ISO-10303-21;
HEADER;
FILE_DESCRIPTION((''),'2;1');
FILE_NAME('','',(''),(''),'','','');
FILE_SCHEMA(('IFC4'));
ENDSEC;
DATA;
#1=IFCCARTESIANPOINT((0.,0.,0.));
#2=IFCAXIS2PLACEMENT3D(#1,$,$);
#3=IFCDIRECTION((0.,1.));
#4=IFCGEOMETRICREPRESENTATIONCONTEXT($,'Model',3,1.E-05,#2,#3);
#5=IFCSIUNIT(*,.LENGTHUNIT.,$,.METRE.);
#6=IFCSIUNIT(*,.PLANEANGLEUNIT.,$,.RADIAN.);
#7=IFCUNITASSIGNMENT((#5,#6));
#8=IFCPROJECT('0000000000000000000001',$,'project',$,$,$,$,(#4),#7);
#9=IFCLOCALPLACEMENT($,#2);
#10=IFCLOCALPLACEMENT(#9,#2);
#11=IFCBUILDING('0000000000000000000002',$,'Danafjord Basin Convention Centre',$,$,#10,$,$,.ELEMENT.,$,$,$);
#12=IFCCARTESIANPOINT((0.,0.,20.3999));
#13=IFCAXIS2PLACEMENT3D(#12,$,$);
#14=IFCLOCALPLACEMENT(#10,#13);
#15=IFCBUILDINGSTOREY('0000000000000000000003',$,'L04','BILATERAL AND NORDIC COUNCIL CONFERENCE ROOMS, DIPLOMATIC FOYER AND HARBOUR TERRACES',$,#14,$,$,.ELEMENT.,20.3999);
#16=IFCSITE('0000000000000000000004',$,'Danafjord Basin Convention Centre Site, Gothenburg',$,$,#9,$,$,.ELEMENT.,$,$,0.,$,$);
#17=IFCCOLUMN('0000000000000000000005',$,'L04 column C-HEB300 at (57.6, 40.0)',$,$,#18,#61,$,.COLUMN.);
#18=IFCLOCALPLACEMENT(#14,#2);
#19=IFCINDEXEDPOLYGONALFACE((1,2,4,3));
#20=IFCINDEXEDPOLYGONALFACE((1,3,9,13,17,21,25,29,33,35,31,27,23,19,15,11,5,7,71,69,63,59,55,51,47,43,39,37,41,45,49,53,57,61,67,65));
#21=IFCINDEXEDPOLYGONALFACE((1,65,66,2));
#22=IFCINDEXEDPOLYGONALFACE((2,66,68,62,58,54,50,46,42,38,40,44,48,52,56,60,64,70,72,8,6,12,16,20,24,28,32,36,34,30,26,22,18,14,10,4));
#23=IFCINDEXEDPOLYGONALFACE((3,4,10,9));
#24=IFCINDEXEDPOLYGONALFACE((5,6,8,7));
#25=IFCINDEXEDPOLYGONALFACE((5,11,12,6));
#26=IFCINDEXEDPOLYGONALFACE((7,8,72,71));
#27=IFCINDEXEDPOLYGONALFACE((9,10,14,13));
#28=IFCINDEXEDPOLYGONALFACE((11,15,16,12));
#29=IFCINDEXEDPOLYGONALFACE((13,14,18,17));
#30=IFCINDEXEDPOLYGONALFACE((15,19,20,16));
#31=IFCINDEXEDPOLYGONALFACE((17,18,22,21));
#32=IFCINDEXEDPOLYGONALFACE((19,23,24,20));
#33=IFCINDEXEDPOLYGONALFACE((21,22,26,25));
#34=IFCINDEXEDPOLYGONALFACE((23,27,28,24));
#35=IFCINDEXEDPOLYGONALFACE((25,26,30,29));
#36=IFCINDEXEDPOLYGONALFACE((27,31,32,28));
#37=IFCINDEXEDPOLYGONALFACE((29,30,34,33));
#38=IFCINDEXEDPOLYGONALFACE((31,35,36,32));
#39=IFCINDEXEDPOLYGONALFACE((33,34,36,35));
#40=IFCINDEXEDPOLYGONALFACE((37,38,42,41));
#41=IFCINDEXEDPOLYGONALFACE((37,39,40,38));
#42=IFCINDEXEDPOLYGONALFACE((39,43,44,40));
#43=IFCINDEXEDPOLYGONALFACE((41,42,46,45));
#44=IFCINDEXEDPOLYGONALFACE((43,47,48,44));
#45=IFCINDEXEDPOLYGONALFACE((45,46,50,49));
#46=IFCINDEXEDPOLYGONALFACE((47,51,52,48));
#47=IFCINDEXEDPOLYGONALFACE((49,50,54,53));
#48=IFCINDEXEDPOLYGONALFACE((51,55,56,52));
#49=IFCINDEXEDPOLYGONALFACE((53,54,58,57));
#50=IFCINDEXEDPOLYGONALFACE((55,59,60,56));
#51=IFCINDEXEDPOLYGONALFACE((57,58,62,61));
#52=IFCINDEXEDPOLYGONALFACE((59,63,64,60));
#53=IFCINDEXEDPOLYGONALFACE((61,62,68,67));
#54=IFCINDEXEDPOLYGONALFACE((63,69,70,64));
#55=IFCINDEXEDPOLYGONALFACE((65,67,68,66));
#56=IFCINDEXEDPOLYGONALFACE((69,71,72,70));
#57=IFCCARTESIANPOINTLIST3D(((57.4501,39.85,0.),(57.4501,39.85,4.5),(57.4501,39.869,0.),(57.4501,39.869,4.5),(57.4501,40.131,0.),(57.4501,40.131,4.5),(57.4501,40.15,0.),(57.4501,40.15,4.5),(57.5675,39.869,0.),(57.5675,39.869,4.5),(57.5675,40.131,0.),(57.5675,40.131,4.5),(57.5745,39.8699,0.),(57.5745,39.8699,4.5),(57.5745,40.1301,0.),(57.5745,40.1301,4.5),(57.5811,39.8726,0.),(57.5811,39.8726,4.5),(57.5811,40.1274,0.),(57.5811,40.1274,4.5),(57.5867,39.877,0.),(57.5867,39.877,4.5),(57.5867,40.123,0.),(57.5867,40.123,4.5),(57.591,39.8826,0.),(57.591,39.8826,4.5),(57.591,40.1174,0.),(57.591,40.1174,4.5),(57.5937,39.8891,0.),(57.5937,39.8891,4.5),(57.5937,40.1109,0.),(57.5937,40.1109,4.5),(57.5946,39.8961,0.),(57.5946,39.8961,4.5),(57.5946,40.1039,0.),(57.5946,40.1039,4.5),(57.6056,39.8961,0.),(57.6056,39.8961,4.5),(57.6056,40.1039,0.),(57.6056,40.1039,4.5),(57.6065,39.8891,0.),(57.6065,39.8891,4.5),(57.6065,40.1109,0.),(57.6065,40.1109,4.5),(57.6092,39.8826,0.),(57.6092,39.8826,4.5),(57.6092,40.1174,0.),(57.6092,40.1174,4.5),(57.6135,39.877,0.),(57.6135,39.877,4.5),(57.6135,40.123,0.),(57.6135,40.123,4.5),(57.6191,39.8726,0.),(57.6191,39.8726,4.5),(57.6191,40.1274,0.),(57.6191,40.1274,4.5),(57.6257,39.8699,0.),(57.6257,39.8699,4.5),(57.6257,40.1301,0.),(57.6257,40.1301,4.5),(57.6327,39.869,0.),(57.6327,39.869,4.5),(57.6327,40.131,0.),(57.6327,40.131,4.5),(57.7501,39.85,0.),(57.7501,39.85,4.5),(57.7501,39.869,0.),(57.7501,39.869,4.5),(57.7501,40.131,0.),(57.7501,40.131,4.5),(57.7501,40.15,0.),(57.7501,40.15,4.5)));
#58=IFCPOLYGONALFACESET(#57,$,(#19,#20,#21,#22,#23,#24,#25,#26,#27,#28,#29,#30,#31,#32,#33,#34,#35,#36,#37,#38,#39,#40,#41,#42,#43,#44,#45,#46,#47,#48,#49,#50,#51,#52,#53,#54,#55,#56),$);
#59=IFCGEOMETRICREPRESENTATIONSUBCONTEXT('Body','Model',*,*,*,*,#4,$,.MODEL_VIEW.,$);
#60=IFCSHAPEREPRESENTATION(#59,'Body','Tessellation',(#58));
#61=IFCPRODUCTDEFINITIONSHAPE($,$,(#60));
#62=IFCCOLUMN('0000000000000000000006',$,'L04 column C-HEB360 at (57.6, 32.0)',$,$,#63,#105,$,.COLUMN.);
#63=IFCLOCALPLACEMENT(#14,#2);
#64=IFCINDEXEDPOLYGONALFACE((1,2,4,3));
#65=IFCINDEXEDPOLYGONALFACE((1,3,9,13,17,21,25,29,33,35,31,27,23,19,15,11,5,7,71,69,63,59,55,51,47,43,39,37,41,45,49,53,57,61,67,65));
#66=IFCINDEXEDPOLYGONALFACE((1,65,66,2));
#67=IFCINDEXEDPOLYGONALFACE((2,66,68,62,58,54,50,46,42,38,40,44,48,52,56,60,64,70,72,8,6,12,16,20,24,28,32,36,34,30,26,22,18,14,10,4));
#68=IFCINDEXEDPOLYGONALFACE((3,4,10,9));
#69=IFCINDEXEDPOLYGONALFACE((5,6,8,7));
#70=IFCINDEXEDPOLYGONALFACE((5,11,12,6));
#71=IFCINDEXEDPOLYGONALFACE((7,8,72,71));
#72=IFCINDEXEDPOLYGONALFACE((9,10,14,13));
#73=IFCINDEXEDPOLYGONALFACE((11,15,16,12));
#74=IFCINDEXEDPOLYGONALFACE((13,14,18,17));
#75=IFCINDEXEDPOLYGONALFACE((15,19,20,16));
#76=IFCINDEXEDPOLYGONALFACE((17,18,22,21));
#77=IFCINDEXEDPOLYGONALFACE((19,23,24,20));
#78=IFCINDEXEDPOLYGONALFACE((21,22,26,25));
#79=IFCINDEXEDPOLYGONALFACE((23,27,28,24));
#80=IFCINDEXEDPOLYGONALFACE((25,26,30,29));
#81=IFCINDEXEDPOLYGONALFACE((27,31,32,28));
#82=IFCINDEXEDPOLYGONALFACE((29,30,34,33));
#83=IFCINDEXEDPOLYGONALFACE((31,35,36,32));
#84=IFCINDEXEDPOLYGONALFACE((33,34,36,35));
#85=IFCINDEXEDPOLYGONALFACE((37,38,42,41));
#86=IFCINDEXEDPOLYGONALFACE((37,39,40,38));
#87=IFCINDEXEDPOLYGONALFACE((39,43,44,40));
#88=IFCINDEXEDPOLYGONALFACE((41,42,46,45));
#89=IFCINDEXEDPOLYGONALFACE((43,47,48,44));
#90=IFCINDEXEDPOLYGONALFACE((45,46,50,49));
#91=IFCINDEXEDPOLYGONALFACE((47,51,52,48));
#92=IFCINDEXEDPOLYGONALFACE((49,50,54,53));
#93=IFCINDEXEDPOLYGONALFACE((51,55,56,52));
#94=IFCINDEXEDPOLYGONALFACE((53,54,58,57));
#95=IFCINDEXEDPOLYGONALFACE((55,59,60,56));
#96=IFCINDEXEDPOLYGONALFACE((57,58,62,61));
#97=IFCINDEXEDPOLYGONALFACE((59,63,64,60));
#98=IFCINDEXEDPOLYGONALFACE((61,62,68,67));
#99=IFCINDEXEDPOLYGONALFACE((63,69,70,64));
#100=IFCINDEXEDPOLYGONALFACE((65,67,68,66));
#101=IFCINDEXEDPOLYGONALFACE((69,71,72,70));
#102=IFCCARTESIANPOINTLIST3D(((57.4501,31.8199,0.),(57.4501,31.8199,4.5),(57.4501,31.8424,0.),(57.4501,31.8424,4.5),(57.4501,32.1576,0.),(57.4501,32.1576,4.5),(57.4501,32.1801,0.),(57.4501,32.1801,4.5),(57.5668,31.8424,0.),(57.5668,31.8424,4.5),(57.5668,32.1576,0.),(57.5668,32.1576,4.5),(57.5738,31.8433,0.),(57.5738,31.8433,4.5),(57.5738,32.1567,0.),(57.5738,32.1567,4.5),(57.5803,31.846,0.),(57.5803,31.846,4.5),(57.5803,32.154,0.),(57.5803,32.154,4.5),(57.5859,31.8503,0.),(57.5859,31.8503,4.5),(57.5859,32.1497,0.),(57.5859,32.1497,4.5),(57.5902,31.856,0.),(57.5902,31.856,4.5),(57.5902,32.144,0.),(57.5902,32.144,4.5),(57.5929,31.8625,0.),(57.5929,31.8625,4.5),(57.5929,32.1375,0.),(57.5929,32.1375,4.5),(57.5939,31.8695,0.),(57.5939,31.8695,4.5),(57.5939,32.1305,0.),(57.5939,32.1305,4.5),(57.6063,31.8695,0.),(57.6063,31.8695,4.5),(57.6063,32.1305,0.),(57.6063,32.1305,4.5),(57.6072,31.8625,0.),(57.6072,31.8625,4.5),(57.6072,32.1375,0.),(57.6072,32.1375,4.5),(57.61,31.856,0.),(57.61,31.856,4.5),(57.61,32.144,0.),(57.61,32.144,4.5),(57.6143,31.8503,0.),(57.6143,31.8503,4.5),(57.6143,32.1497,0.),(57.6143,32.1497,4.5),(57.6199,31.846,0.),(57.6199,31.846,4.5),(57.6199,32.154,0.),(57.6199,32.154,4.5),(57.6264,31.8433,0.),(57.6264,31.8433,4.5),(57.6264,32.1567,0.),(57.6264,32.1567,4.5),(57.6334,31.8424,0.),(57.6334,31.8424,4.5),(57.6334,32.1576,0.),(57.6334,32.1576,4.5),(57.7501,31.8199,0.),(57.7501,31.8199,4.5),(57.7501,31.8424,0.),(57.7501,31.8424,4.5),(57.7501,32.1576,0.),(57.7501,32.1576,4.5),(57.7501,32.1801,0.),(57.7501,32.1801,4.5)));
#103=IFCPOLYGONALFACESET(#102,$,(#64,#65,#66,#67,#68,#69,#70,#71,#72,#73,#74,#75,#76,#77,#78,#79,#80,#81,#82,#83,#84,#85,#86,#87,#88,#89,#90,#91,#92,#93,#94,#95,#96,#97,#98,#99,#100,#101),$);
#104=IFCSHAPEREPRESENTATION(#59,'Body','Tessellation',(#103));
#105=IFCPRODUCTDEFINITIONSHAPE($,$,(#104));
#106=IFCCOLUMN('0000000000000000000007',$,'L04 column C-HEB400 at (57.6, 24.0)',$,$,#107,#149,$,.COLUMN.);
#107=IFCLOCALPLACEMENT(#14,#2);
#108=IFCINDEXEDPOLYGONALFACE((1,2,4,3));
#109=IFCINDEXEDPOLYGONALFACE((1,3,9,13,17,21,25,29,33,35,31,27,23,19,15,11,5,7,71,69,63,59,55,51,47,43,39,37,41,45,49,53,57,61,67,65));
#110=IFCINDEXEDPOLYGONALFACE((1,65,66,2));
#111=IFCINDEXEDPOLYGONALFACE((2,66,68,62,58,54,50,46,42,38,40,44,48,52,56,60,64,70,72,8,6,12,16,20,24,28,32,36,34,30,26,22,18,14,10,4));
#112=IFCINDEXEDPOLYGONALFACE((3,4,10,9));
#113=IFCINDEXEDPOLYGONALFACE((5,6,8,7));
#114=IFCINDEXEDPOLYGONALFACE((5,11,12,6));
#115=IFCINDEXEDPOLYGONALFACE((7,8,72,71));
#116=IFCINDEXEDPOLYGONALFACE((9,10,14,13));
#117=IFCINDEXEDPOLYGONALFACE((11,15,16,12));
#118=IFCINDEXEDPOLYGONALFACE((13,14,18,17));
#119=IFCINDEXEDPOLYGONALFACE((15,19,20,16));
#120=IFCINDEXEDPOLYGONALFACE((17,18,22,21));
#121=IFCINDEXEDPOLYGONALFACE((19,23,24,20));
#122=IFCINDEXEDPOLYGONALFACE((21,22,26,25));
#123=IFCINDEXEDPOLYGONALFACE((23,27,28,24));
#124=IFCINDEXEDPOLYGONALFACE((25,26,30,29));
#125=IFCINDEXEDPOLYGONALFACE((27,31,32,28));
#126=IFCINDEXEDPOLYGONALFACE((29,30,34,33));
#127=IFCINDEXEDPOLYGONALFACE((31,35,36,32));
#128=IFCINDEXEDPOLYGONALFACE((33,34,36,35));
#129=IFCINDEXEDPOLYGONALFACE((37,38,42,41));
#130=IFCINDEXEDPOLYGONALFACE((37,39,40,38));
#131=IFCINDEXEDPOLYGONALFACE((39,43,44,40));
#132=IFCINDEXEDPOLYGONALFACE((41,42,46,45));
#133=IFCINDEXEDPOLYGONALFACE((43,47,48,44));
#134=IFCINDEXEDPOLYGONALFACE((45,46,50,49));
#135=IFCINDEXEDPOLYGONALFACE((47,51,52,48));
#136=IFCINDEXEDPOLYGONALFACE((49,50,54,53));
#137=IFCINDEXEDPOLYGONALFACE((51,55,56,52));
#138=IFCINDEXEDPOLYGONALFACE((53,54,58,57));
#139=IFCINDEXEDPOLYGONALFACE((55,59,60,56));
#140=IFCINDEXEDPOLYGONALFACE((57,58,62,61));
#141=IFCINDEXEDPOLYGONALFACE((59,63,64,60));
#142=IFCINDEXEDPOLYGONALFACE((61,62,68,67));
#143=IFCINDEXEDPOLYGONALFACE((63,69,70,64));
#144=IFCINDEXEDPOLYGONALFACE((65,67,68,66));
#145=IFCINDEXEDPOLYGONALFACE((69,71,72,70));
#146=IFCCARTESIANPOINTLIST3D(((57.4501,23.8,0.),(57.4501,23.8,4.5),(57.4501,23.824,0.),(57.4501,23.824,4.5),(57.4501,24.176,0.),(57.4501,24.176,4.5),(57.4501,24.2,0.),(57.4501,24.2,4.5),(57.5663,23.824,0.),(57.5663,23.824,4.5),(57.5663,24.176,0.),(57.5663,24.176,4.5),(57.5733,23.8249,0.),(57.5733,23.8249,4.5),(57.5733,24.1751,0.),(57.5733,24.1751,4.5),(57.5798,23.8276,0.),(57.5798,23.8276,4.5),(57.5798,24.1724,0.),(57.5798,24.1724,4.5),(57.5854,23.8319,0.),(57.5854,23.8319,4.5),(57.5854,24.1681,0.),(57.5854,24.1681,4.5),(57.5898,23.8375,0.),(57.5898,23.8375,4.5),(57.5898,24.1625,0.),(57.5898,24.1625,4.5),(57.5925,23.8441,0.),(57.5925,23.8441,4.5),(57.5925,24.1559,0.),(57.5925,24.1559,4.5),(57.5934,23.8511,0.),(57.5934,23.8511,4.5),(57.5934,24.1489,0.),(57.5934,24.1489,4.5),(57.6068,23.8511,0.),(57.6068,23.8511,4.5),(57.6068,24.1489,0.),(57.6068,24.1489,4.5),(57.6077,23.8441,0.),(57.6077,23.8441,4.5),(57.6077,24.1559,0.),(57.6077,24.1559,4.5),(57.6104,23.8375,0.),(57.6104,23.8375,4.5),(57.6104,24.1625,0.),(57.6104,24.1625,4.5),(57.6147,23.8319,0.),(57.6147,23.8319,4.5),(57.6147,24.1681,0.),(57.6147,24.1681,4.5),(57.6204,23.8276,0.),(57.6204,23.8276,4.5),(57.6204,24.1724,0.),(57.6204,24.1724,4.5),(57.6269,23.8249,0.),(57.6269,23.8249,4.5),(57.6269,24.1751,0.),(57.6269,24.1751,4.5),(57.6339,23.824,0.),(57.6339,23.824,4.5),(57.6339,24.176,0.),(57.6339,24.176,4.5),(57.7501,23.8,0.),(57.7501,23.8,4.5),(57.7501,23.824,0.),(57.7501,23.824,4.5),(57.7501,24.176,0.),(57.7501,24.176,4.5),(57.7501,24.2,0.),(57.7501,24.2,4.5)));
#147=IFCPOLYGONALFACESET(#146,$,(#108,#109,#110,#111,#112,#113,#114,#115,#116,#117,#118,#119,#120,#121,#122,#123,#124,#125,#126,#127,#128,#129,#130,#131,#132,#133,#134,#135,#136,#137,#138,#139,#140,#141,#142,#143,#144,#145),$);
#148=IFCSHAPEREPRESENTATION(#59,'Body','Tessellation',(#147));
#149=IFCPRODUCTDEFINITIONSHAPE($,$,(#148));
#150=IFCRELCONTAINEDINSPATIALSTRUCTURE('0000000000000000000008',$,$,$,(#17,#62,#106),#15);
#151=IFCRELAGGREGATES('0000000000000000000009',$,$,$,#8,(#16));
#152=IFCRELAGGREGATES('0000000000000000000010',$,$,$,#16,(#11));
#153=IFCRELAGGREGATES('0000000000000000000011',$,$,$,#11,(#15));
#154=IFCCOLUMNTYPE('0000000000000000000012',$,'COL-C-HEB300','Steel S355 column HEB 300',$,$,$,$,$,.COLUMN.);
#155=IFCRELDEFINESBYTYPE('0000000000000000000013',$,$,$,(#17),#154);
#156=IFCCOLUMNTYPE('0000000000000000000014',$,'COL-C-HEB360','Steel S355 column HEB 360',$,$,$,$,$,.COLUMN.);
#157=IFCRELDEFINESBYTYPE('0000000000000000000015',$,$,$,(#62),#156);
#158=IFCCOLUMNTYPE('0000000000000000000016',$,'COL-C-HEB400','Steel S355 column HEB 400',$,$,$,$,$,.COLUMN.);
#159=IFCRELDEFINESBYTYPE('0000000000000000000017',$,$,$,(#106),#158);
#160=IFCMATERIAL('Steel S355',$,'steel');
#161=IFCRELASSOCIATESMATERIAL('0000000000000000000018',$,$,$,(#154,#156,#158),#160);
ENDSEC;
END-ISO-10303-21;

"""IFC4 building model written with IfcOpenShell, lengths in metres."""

from ifc_helpers import new_model, si_unit, direction, frame, origin, origin_2d, place, context, subcontext, project, spatial, i_section, extrude, material, material_profile, profile_set, type_object, element, save


model = new_model("IFC4")

# Units and contexts
model_context = context("Model", 3, precision=1e-05, world=origin(), true_north=direction((0.0, 1.0)))
body_context = subcontext(model_context, "Body", "Model", "MODEL_VIEW")
ifc_project = project(units=[si_unit("LENGTHUNIT", "METRE"), si_unit("PLANEANGLEUNIT", "RADIAN")], contexts=[model_context])

# Site, building, storey
site_placement = place(None, origin())
site = spatial("IfcSite", under=ifc_project, at=site_placement, Name="Danafjord Basin Convention Centre Site, Gothenburg", CompositionType="ELEMENT", RefElevation=0.0)
building_placement = place(site_placement, origin())
building = spatial("IfcBuilding", under=site, at=building_placement, Name="Danafjord Basin Convention Centre", CompositionType="ELEMENT")
storey_placement = place(building_placement, frame((0.0, 0.0, 20.3999)))
storey = spatial("IfcBuildingStorey", under=building, at=storey_placement, Name="L04", Description="BILATERAL AND NORDIC COUNCIL CONFERENCE ROOMS, DIPLOMATIC FOYER AND HARBOUR TERRACES", CompositionType="ELEMENT", Elevation=20.3999)

# Columns
ifc_material_1 = material(Name="Steel S355", Category="steel")
ifc_material_profile_1 = material_profile(ifc_material_1, i_section(OverallWidth=0.3, OverallDepth=0.3, WebThickness=0.011, FlangeThickness=0.019, FilletRadius=0.0271, at=origin_2d()), Name="HEB 300")
ifc_profile_set_1 = profile_set([ifc_material_profile_1], Name="Steel S355")
column_type_1 = type_object("IfcColumnType", Name="COL-C-HEB300", Description="Steel S355 column HEB 300", PredefinedType="COLUMN", material=ifc_profile_set_1)
column_1_placement = place(storey_placement, frame((57.6001, 40.0, 0.0), z_axis=(0.0, 0.0, 1.0), x_axis=(1.0, 0.0, 0.0)))
element("IfcColumn", 1, at=column_1_placement, inside=storey, type_object=column_type_1, Name="L04 column C-HEB300 at (57.6, 40.0)", PredefinedType="COLUMN", context=body_context, shape_type="SweptSolid", body=[
    extrude(i_section(OverallWidth=0.3, OverallDepth=0.3, WebThickness=0.011, FlangeThickness=0.019, FilletRadius=0.0271, at=origin_2d()), origin(), (0.0, 0.0, 1.0), 4.5),
])
ifc_material_profile_2 = material_profile(ifc_material_1, i_section(OverallWidth=0.3, OverallDepth=0.3601, WebThickness=0.0125, FlangeThickness=0.0225, FilletRadius=0.0271, at=origin_2d()), Name="HEB 360")
ifc_profile_set_2 = profile_set([ifc_material_profile_2], Name="Steel S355")
column_type_2 = type_object("IfcColumnType", Name="COL-C-HEB360", Description="Steel S355 column HEB 360", PredefinedType="COLUMN", material=ifc_profile_set_2)
column_2_placement = place(storey_placement, frame((57.6001, 32.0, 0.0), z_axis=(0.0, 0.0, 1.0), x_axis=(1.0, 0.0, 0.0)))
element("IfcColumn", 2, at=column_2_placement, inside=storey, type_object=column_type_2, Name="L04 column C-HEB360 at (57.6, 32.0)", PredefinedType="COLUMN", context=body_context, shape_type="SweptSolid", body=[
    extrude(i_section(OverallWidth=0.3, OverallDepth=0.3601, WebThickness=0.0125, FlangeThickness=0.0225, FilletRadius=0.0271, at=origin_2d()), origin(), (0.0, 0.0, 1.0), 4.5),
])
ifc_material_profile_3 = material_profile(ifc_material_1, i_section(OverallWidth=0.3, OverallDepth=0.3999, WebThickness=0.0134, FlangeThickness=0.0239, FilletRadius=0.0271, at=origin_2d()), Name="HEB 400")
ifc_profile_set_3 = profile_set([ifc_material_profile_3], Name="Steel S355")
column_type_3 = type_object("IfcColumnType", Name="COL-C-HEB400", Description="Steel S355 column HEB 400", PredefinedType="COLUMN", material=ifc_profile_set_3)
column_3_placement = place(storey_placement, frame((57.6001, 24.0, 0.0), z_axis=(0.0, 0.0, 1.0), x_axis=(1.0, 0.0, 0.0)))
element("IfcColumn", 3, at=column_3_placement, inside=storey, type_object=column_type_3, Name="L04 column C-HEB400 at (57.6, 24.0)", PredefinedType="COLUMN", context=body_context, shape_type="SweptSolid", body=[
    extrude(i_section(OverallWidth=0.3, OverallDepth=0.3999, WebThickness=0.0134, FlangeThickness=0.0239, FilletRadius=0.0271, at=origin_2d()), origin(), (0.0, 0.0, 1.0), 4.5),
])

save(model, "model.ifc")
